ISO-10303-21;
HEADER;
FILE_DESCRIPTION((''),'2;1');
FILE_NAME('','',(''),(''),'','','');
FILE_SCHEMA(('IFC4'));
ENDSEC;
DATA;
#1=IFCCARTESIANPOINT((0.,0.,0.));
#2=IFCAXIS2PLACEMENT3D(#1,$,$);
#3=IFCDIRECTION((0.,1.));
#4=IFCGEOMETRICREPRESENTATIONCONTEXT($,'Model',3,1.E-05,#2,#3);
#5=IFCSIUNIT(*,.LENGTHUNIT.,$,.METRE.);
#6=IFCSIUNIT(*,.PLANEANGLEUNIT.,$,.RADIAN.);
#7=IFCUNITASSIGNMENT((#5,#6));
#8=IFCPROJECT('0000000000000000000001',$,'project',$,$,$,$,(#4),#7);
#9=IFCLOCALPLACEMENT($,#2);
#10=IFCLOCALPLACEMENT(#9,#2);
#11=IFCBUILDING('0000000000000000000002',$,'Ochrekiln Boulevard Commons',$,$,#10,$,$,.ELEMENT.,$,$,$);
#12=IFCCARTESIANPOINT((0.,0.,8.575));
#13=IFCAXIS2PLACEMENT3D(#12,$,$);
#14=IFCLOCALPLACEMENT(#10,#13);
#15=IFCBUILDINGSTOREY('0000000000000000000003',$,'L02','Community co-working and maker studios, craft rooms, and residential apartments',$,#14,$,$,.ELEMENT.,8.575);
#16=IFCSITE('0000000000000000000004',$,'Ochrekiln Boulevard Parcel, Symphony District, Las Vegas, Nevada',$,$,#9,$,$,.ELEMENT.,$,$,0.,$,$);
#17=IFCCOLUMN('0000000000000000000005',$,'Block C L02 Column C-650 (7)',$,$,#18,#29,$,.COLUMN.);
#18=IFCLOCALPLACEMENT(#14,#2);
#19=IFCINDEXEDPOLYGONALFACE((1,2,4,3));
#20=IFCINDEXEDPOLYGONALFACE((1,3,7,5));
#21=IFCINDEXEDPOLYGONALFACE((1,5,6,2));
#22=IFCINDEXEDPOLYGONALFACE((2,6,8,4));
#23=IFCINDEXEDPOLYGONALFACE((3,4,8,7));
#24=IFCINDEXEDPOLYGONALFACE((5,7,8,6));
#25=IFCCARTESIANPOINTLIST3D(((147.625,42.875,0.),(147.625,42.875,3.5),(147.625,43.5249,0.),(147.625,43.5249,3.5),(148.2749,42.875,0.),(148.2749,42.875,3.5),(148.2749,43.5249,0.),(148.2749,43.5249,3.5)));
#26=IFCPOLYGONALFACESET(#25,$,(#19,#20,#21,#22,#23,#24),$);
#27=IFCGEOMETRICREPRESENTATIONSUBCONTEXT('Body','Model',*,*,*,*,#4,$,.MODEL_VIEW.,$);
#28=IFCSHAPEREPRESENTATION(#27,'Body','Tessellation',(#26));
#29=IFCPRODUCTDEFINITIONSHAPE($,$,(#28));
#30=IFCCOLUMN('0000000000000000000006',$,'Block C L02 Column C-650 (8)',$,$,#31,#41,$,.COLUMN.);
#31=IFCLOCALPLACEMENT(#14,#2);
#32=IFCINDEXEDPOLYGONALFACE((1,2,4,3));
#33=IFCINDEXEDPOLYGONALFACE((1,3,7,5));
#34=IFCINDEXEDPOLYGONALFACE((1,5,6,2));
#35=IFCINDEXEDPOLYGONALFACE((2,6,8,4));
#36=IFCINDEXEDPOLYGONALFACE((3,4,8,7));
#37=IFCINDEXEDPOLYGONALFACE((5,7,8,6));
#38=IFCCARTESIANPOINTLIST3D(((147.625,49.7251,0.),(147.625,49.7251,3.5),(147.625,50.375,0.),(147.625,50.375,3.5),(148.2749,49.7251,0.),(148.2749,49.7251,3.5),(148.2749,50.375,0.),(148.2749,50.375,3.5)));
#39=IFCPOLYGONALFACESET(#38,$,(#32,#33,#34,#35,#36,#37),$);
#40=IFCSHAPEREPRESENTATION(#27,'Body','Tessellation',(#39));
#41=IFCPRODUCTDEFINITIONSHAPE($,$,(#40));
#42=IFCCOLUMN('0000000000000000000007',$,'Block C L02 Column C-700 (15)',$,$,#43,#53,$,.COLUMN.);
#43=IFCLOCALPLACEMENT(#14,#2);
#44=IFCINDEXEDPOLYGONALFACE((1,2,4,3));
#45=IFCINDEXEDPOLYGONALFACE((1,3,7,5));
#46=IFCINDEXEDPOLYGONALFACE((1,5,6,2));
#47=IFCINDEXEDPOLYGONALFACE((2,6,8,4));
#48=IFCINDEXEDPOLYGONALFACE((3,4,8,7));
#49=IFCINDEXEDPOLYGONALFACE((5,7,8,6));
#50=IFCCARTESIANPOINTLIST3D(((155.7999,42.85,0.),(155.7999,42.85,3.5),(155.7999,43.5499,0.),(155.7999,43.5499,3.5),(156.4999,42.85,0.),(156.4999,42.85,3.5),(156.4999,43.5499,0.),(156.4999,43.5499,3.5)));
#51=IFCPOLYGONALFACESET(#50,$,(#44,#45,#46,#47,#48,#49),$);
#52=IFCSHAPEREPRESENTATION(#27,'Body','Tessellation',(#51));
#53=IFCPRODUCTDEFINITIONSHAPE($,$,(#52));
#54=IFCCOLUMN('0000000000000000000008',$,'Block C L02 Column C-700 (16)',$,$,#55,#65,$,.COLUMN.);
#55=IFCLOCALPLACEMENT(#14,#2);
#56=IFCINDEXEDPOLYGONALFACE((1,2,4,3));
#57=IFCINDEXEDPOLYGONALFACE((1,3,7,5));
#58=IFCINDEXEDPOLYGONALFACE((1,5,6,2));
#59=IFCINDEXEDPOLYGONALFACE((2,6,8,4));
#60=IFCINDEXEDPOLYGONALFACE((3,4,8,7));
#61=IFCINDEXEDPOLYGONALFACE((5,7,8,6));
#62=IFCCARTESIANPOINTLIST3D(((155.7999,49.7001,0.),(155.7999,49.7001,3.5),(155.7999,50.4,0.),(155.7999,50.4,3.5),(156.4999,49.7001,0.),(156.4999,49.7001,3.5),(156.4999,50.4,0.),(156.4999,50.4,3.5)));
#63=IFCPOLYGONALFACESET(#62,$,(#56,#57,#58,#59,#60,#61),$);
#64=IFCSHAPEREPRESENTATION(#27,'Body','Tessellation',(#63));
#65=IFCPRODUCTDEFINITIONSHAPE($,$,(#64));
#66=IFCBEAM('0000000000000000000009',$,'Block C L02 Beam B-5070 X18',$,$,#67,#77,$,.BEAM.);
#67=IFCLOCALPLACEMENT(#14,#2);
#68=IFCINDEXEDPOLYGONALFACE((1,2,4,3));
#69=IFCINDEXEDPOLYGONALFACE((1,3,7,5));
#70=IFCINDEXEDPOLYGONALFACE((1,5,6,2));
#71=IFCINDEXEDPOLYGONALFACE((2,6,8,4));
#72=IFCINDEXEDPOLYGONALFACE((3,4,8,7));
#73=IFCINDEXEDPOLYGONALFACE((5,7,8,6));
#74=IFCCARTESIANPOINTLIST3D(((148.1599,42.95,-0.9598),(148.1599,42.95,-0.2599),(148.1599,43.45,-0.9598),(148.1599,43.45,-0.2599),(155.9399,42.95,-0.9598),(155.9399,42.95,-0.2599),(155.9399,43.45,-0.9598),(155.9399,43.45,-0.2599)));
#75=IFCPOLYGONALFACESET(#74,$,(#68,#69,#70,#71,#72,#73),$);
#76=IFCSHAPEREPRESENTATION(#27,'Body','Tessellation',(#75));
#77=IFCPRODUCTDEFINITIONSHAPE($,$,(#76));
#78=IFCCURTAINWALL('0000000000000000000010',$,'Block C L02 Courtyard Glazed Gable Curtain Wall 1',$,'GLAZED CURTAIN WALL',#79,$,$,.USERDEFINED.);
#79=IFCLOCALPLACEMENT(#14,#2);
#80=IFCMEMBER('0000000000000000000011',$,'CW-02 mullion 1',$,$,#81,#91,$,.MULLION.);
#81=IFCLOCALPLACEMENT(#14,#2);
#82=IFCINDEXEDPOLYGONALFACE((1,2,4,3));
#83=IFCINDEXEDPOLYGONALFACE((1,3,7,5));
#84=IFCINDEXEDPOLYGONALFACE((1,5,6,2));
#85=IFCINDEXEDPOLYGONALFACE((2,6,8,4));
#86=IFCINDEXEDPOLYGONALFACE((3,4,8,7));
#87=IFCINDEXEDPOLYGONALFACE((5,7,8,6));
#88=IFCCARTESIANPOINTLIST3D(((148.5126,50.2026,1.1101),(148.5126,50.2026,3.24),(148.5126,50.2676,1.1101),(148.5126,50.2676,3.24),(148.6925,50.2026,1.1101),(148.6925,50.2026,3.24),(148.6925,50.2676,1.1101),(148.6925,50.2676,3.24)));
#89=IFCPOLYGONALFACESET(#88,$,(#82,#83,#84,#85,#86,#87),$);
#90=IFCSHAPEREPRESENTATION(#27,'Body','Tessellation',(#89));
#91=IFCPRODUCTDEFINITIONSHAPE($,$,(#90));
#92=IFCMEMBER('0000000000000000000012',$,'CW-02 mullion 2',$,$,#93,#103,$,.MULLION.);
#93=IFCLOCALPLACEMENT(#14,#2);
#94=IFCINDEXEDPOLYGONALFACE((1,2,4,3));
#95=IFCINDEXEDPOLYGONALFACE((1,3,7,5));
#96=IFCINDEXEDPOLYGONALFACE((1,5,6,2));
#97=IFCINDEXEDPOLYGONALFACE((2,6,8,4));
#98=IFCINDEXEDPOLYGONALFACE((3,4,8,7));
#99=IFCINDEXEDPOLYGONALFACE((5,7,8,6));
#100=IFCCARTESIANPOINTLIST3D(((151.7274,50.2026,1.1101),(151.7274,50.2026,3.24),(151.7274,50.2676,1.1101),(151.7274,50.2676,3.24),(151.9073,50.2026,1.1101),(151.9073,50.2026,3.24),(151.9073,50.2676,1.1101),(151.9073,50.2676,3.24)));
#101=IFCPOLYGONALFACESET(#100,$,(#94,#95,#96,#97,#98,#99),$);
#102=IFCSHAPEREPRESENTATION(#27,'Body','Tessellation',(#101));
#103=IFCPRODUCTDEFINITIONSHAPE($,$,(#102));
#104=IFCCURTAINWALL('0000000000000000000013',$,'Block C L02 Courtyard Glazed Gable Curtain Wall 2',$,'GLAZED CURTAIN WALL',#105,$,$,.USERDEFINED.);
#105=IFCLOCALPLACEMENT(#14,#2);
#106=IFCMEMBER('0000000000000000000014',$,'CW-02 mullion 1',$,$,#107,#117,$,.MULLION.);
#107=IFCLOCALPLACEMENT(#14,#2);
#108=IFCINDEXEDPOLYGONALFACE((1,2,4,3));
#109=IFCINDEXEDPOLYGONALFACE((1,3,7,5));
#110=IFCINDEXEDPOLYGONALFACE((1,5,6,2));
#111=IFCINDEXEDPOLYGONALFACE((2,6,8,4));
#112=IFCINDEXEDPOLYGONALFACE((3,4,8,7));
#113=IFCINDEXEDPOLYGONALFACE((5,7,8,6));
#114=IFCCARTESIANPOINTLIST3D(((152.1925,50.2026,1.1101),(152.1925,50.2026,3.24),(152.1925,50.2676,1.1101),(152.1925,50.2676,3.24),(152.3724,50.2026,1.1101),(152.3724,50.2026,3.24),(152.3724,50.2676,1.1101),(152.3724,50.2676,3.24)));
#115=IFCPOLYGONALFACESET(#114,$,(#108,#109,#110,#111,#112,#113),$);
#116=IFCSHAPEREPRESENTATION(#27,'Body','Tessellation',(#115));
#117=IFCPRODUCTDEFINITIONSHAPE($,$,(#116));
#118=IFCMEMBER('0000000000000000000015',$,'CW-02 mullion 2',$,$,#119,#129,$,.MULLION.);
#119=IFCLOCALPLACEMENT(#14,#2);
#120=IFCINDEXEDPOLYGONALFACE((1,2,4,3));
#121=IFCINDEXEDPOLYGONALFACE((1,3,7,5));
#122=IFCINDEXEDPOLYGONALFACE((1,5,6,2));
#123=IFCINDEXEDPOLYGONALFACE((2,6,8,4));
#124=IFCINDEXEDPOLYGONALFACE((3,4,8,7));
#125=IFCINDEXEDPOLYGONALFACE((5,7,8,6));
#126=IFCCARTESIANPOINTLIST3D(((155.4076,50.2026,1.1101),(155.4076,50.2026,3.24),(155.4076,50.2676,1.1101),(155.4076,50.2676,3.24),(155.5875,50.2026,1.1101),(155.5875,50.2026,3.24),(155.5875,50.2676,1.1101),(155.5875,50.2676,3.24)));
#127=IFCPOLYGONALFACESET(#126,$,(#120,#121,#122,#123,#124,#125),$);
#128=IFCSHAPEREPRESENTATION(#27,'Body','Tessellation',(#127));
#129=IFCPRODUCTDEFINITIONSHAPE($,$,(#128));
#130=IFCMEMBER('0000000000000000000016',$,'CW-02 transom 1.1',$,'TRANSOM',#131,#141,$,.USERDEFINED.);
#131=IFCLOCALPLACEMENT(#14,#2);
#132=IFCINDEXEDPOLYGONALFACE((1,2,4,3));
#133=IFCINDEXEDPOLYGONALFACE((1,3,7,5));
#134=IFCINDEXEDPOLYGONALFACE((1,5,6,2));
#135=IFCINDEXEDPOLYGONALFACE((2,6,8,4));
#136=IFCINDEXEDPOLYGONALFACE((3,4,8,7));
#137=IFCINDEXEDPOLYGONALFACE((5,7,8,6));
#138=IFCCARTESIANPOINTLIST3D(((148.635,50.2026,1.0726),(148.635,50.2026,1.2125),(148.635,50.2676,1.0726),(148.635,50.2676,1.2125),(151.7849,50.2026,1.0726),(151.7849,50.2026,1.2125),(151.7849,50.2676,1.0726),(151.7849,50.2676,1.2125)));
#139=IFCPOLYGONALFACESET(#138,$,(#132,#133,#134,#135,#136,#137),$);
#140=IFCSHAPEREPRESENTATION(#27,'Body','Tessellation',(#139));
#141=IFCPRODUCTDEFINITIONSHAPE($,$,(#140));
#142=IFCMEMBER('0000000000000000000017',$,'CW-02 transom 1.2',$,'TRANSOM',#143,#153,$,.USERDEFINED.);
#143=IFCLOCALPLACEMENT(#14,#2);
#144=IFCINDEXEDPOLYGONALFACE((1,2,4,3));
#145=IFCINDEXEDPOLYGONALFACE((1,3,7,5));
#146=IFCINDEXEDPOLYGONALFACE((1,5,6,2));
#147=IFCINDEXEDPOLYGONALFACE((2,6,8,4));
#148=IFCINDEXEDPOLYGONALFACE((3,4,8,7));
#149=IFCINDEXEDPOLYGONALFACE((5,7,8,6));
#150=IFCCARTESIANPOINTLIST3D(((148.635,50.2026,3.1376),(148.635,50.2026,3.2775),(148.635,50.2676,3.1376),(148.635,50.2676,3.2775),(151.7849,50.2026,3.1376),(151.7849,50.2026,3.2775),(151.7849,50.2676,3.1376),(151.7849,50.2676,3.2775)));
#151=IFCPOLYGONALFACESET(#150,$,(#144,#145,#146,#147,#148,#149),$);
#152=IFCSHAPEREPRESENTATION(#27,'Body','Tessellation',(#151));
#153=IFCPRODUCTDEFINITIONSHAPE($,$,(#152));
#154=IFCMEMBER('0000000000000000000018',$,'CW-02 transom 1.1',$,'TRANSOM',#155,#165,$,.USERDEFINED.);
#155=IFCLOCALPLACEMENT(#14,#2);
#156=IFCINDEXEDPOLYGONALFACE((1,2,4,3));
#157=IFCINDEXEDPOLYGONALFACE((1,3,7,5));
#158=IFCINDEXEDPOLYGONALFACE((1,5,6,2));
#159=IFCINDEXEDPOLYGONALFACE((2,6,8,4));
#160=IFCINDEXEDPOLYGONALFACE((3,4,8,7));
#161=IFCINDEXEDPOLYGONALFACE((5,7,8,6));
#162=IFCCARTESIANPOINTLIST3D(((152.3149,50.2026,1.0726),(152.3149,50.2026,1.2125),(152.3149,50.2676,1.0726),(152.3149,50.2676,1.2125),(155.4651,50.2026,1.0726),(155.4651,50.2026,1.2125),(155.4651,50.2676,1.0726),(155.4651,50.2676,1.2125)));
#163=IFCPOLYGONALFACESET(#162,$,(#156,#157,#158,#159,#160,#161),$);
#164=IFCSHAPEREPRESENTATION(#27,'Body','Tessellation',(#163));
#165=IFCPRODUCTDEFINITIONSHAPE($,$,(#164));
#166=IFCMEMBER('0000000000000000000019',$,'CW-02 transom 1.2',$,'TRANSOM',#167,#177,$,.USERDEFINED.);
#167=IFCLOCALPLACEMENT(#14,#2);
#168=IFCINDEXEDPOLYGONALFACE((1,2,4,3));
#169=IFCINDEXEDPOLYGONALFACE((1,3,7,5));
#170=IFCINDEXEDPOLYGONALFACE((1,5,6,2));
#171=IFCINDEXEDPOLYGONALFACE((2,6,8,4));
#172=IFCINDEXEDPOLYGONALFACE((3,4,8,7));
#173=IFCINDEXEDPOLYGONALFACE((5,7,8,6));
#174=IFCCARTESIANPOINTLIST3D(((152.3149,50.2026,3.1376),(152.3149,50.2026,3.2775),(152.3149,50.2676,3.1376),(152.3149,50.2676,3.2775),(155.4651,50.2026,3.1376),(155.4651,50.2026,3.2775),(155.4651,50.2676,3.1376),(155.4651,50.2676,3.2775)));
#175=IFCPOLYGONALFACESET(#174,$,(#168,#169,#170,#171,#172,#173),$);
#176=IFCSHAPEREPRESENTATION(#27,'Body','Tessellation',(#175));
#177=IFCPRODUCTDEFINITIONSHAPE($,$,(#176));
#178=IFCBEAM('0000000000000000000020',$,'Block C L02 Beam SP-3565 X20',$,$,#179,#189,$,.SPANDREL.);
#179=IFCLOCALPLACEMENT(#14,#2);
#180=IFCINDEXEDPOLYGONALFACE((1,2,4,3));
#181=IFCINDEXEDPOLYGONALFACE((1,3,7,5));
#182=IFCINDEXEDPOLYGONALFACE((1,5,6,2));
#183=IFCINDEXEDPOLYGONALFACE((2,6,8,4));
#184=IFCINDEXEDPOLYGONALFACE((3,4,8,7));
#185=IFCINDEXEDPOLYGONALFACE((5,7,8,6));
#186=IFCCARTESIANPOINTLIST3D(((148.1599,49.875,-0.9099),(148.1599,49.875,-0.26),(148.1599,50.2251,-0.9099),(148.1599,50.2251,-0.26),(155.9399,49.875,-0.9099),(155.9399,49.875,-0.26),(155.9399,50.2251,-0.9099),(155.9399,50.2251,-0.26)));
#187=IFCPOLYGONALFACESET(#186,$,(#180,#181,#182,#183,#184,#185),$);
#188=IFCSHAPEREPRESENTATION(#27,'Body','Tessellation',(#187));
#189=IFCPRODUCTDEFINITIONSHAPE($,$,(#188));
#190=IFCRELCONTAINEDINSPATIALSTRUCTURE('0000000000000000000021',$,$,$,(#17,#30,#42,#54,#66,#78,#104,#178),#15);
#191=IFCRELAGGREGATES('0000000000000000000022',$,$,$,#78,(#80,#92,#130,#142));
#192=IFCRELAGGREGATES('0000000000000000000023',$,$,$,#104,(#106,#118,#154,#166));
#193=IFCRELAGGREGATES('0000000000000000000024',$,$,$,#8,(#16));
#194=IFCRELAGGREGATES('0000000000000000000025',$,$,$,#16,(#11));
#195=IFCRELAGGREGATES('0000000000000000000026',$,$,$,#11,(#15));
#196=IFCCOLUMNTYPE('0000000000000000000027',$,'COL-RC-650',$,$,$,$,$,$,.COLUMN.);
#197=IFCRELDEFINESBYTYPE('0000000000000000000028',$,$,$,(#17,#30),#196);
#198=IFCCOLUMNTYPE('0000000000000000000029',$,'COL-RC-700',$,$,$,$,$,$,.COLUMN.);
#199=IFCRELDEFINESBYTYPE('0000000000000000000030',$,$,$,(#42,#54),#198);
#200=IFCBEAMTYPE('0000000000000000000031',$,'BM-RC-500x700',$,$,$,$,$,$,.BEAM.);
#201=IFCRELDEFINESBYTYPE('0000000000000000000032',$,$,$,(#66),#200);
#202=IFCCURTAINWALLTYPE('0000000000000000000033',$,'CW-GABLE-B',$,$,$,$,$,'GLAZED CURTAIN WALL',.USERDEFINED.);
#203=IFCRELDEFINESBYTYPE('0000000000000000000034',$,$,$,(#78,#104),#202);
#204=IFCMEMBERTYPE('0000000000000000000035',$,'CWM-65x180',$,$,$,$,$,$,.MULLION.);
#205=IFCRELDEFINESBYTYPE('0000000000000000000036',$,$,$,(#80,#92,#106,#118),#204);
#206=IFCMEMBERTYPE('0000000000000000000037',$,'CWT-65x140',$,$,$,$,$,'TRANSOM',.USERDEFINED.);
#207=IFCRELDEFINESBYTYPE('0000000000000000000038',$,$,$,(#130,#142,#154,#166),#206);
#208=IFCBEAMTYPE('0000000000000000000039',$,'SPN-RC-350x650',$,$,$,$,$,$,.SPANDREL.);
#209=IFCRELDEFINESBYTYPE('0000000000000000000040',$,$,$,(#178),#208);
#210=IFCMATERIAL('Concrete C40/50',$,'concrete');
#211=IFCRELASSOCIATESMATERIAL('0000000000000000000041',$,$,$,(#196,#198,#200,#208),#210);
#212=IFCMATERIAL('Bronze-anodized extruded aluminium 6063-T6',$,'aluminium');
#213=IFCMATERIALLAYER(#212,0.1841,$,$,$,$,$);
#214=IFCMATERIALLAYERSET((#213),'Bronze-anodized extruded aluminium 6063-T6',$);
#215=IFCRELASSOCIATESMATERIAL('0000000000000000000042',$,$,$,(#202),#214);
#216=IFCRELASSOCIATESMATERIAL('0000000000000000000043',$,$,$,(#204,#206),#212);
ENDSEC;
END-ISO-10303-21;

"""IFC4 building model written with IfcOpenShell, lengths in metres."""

from ifc_helpers import new_model, si_unit, direction, frame, origin, origin_2d, place, context, subcontext, project, spatial, rectangle, extrude, material, layer, layer_set, material_profile, profile_set, type_object, element, aggregate, save


model = new_model("IFC4")

# Units and contexts
model_context = context("Model", 3, precision=1e-05, world=origin(), true_north=direction((0.0, 1.0)))
body_context = subcontext(model_context, "Body", "Model", "MODEL_VIEW")
ifc_project = project(units=[si_unit("LENGTHUNIT", "METRE"), si_unit("PLANEANGLEUNIT", "RADIAN")], contexts=[model_context])

# Site, building, storey
site_placement = place(None, origin())
site = spatial("IfcSite", under=ifc_project, at=site_placement, Name="Ochrekiln Boulevard Parcel, Symphony District, Las Vegas, Nevada", CompositionType="ELEMENT", RefElevation=0.0)
building_placement = place(site_placement, origin())
building = spatial("IfcBuilding", under=site, at=building_placement, Name="Ochrekiln Boulevard Commons", CompositionType="ELEMENT")
storey_placement = place(building_placement, frame((0.0, 0.0, 8.575)))
storey = spatial("IfcBuildingStorey", under=building, at=storey_placement, Name="L02", Description="Community co-working and maker studios, craft rooms, and residential apartments", CompositionType="ELEMENT", Elevation=8.575)

# Columns
ifc_material_1 = material(Name="Concrete C40/50", Category="concrete")
ifc_material_profile_1 = material_profile(ifc_material_1, rectangle(XDim=0.6499, YDim=0.6499, at=origin_2d()), Name="RC-COL-650x650")
ifc_profile_set_1 = profile_set([ifc_material_profile_1], Name="Concrete C40/50")
column_type_1 = type_object("IfcColumnType", Name="COL-RC-650", PredefinedType="COLUMN", material=ifc_profile_set_1)
for number, where, z_axis, x_axis, name in (
    (1, (147.95, 43.2, 0.0), (0.0, 0.0, 1.0), (1.0, 0.0, 0.0), "Block C L02 Column C-650 (7)"),
    (2, (147.95, 50.05, 0.0), (0.0, 0.0, 1.0), (1.0, 0.0, 0.0), "Block C L02 Column C-650 (8)"),
):
    element("IfcColumn", number, at=place(storey_placement, frame(where, z_axis=z_axis, x_axis=x_axis)), inside=storey, type_object=column_type_1, Name=name, PredefinedType="COLUMN", context=body_context, shape_type="SweptSolid", body=[
        extrude(rectangle(XDim=0.6499, YDim=0.6499, at=origin_2d()), origin(), (0.0, 0.0, 1.0), 3.5),
    ])
ifc_material_profile_2 = material_profile(ifc_material_1, rectangle(XDim=0.7, YDim=0.7, at=origin_2d()), Name="RC-COL-700x700")
ifc_profile_set_2 = profile_set([ifc_material_profile_2], Name="Concrete C40/50")
column_type_2 = type_object("IfcColumnType", Name="COL-RC-700", PredefinedType="COLUMN", material=ifc_profile_set_2)
for number, where, z_axis, x_axis, name in (
    (3, (156.1499, 43.2, 0.0), (0.0, 0.0, 1.0), (1.0, 0.0, 0.0), "Block C L02 Column C-700 (15)"),
    (4, (156.1499, 50.05, 0.0), (0.0, 0.0, 1.0), (1.0, 0.0, 0.0), "Block C L02 Column C-700 (16)"),
):
    element("IfcColumn", number, at=place(storey_placement, frame(where, z_axis=z_axis, x_axis=x_axis)), inside=storey, type_object=column_type_2, Name=name, PredefinedType="COLUMN", context=body_context, shape_type="SweptSolid", body=[
        extrude(rectangle(XDim=0.7, YDim=0.7, at=origin_2d()), origin(), (0.0, 0.0, 1.0), 3.5),
    ])

# Beam
ifc_material_profile_3 = material_profile(ifc_material_1, rectangle(XDim=0.5, YDim=0.7, at=origin_2d()), Name="RC-BM-500x700")
ifc_profile_set_3 = profile_set([ifc_material_profile_3], Name="Concrete C40/50")
beam_type_1 = type_object("IfcBeamType", Name="BM-RC-500x700", PredefinedType="BEAM", material=ifc_profile_set_3)
beam_1_placement = place(storey_placement, frame((148.1599, 43.2, -0.6099), z_axis=(1.0, 0.0, 0.0), x_axis=(0.0, 1.0, 0.0)))
element("IfcBeam", 5, at=beam_1_placement, inside=storey, type_object=beam_type_1, Name="Block C L02 Beam B-5070 X18", PredefinedType="BEAM", context=body_context, shape_type="SweptSolid", body=[
    extrude(rectangle(XDim=0.5, YDim=0.7, at=origin_2d()), origin(), (0.0, 0.0, 1.0), 7.78),
])

# Curtain walls, members
ifc_material_2 = material(Name="Bronze-anodized extruded aluminium 6063-T6", Category="aluminium")
ifc_layer_1 = layer(ifc_material_2, 0.1841)
ifc_layer_set_1 = layer_set([ifc_layer_1], Name="Bronze-anodized extruded aluminium 6063-T6")
curtain_wall_type = type_object("IfcCurtainWallType", Name="CW-GABLE-B", ElementType="GLAZED CURTAIN WALL", PredefinedType="USERDEFINED", material=ifc_layer_set_1)
curtain_wall_1_placement = place(storey_placement, origin())
curtain_wall_1 = element("IfcCurtainWall", 6, at=curtain_wall_1_placement, inside=storey, type_object=curtain_wall_type, Name="Block C L02 Courtyard Glazed Gable Curtain Wall 1", ObjectType="GLAZED CURTAIN WALL", PredefinedType="USERDEFINED")
ifc_material_profile_4 = material_profile(ifc_material_2, rectangle(XDim=0.0649, YDim=0.1799, at=origin_2d()), Name="ALU-MUL-65x180")
ifc_profile_set_4 = profile_set([ifc_material_profile_4], Name="Bronze-anodized extruded aluminium 6063-T6")
member_type_1 = type_object("IfcMemberType", Name="CWM-65x180", PredefinedType="MULLION", material=ifc_profile_set_4)
member_1_placement = place(storey_placement, frame((148.6025, 50.2351, 1.1101), z_axis=(0.0, 0.0, 1.0), x_axis=(0.0, 1.0, 0.0)))
member_1 = element("IfcMember", 7, at=member_1_placement, type_object=member_type_1, Name="CW-02 mullion 1", PredefinedType="MULLION", context=body_context, shape_type="SweptSolid", body=[
    extrude(rectangle(XDim=0.0649, YDim=0.1799, at=origin_2d()), origin(), (0.0, 0.0, 1.0), 2.1299),
])
member_2_placement = place(storey_placement, frame((151.8174, 50.2351, 1.1101), z_axis=(0.0, 0.0, 1.0), x_axis=(0.0, 1.0, 0.0)))
member_2 = element("IfcMember", 8, at=member_2_placement, type_object=member_type_1, Name="CW-02 mullion 2", PredefinedType="MULLION", context=body_context, shape_type="SweptSolid", body=[
    extrude(rectangle(XDim=0.0649, YDim=0.1799, at=origin_2d()), origin(), (0.0, 0.0, 1.0), 2.1299),
])
curtain_wall_2_placement = place(storey_placement, origin())
curtain_wall_2 = element("IfcCurtainWall", 9, at=curtain_wall_2_placement, inside=storey, type_object=curtain_wall_type, Name="Block C L02 Courtyard Glazed Gable Curtain Wall 2", ObjectType="GLAZED CURTAIN WALL", PredefinedType="USERDEFINED")
member_3_placement = place(storey_placement, frame((152.2825, 50.2351, 1.1101), z_axis=(0.0, 0.0, 1.0), x_axis=(0.0, 1.0, 0.0)))
member_3 = element("IfcMember", 10, at=member_3_placement, type_object=member_type_1, Name="CW-02 mullion 1", PredefinedType="MULLION", context=body_context, shape_type="SweptSolid", body=[
    extrude(rectangle(XDim=0.0649, YDim=0.1799, at=origin_2d()), origin(), (0.0, 0.0, 1.0), 2.1299),
])
member_4_placement = place(storey_placement, frame((155.4976, 50.2351, 1.1101), z_axis=(0.0, 0.0, 1.0), x_axis=(0.0, 1.0, 0.0)))
member_4 = element("IfcMember", 11, at=member_4_placement, type_object=member_type_1, Name="CW-02 mullion 2", PredefinedType="MULLION", context=body_context, shape_type="SweptSolid", body=[
    extrude(rectangle(XDim=0.0649, YDim=0.1799, at=origin_2d()), origin(), (0.0, 0.0, 1.0), 2.1299),
])

# Members
ifc_material_profile_5 = material_profile(ifc_material_2, rectangle(XDim=0.0649, YDim=0.1399, at=origin_2d()), Name="ALU-TRN-65x140")
ifc_profile_set_5 = profile_set([ifc_material_profile_5], Name="Bronze-anodized extruded aluminium 6063-T6")
member_type_2 = type_object("IfcMemberType", Name="CWT-65x140", ElementType="TRANSOM", PredefinedType="USERDEFINED", material=ifc_profile_set_5)
member_5_placement = place(storey_placement, frame((148.635, 50.2351, 1.1426), z_axis=(1.0, 0.0, 0.0), x_axis=(0.0, 1.0, 0.0)))
member_5 = element("IfcMember", 12, at=member_5_placement, type_object=member_type_2, Name="CW-02 transom 1.1", ObjectType="TRANSOM", PredefinedType="USERDEFINED", context=body_context, shape_type="SweptSolid", body=[
    extrude(rectangle(XDim=0.0649, YDim=0.1399, at=origin_2d()), origin(), (0.0, 0.0, 1.0), 3.1499),
])
member_6_placement = place(storey_placement, frame((148.635, 50.2351, 3.2075), z_axis=(1.0, 0.0, 0.0), x_axis=(0.0, 1.0, 0.0)))
member_6 = element("IfcMember", 13, at=member_6_placement, type_object=member_type_2, Name="CW-02 transom 1.2", ObjectType="TRANSOM", PredefinedType="USERDEFINED", context=body_context, shape_type="SweptSolid", body=[
    extrude(rectangle(XDim=0.0649, YDim=0.1399, at=origin_2d()), origin(), (0.0, 0.0, 1.0), 3.1499),
])
member_7_placement = place(storey_placement, frame((152.3149, 50.2351, 1.1426), z_axis=(1.0, 0.0, 0.0), x_axis=(0.0, 1.0, 0.0)))
member_7 = element("IfcMember", 14, at=member_7_placement, type_object=member_type_2, Name="CW-02 transom 1.1", ObjectType="TRANSOM", PredefinedType="USERDEFINED", context=body_context, shape_type="SweptSolid", body=[
    extrude(rectangle(XDim=0.0649, YDim=0.1399, at=origin_2d()), origin(), (0.0, 0.0, 1.0), 3.1501),
])
member_8_placement = place(storey_placement, frame((152.3149, 50.2351, 3.2075), z_axis=(1.0, 0.0, 0.0), x_axis=(0.0, 1.0, 0.0)))
member_8 = element("IfcMember", 15, at=member_8_placement, type_object=member_type_2, Name="CW-02 transom 1.2", ObjectType="TRANSOM", PredefinedType="USERDEFINED", context=body_context, shape_type="SweptSolid", body=[
    extrude(rectangle(XDim=0.0649, YDim=0.1399, at=origin_2d()), origin(), (0.0, 0.0, 1.0), 3.1501),
])

# Beam
ifc_material_profile_6 = material_profile(ifc_material_1, rectangle(XDim=0.3501, YDim=0.6499, at=origin_2d()), Name="RC-SPN-350x650")
ifc_profile_set_6 = profile_set([ifc_material_profile_6], Name="Concrete C40/50")
beam_type_2 = type_object("IfcBeamType", Name="SPN-RC-350x650", PredefinedType="SPANDREL", material=ifc_profile_set_6)
beam_2_placement = place(storey_placement, frame((148.1599, 50.05, -0.585), z_axis=(1.0, 0.0, 0.0), x_axis=(0.0, 1.0, 0.0)))
element("IfcBeam", 16, at=beam_2_placement, inside=storey, type_object=beam_type_2, Name="Block C L02 Beam SP-3565 X20", PredefinedType="SPANDREL", context=body_context, shape_type="SweptSolid", body=[
    extrude(rectangle(XDim=0.3501, YDim=0.6499, at=origin_2d()), origin(), (0.0, 0.0, 1.0), 7.78),
])

aggregate(curtain_wall_1, [member_1, member_2, member_5, member_6])
aggregate(curtain_wall_2, [member_3, member_4, member_7, member_8])

save(model, "model.ifc")
